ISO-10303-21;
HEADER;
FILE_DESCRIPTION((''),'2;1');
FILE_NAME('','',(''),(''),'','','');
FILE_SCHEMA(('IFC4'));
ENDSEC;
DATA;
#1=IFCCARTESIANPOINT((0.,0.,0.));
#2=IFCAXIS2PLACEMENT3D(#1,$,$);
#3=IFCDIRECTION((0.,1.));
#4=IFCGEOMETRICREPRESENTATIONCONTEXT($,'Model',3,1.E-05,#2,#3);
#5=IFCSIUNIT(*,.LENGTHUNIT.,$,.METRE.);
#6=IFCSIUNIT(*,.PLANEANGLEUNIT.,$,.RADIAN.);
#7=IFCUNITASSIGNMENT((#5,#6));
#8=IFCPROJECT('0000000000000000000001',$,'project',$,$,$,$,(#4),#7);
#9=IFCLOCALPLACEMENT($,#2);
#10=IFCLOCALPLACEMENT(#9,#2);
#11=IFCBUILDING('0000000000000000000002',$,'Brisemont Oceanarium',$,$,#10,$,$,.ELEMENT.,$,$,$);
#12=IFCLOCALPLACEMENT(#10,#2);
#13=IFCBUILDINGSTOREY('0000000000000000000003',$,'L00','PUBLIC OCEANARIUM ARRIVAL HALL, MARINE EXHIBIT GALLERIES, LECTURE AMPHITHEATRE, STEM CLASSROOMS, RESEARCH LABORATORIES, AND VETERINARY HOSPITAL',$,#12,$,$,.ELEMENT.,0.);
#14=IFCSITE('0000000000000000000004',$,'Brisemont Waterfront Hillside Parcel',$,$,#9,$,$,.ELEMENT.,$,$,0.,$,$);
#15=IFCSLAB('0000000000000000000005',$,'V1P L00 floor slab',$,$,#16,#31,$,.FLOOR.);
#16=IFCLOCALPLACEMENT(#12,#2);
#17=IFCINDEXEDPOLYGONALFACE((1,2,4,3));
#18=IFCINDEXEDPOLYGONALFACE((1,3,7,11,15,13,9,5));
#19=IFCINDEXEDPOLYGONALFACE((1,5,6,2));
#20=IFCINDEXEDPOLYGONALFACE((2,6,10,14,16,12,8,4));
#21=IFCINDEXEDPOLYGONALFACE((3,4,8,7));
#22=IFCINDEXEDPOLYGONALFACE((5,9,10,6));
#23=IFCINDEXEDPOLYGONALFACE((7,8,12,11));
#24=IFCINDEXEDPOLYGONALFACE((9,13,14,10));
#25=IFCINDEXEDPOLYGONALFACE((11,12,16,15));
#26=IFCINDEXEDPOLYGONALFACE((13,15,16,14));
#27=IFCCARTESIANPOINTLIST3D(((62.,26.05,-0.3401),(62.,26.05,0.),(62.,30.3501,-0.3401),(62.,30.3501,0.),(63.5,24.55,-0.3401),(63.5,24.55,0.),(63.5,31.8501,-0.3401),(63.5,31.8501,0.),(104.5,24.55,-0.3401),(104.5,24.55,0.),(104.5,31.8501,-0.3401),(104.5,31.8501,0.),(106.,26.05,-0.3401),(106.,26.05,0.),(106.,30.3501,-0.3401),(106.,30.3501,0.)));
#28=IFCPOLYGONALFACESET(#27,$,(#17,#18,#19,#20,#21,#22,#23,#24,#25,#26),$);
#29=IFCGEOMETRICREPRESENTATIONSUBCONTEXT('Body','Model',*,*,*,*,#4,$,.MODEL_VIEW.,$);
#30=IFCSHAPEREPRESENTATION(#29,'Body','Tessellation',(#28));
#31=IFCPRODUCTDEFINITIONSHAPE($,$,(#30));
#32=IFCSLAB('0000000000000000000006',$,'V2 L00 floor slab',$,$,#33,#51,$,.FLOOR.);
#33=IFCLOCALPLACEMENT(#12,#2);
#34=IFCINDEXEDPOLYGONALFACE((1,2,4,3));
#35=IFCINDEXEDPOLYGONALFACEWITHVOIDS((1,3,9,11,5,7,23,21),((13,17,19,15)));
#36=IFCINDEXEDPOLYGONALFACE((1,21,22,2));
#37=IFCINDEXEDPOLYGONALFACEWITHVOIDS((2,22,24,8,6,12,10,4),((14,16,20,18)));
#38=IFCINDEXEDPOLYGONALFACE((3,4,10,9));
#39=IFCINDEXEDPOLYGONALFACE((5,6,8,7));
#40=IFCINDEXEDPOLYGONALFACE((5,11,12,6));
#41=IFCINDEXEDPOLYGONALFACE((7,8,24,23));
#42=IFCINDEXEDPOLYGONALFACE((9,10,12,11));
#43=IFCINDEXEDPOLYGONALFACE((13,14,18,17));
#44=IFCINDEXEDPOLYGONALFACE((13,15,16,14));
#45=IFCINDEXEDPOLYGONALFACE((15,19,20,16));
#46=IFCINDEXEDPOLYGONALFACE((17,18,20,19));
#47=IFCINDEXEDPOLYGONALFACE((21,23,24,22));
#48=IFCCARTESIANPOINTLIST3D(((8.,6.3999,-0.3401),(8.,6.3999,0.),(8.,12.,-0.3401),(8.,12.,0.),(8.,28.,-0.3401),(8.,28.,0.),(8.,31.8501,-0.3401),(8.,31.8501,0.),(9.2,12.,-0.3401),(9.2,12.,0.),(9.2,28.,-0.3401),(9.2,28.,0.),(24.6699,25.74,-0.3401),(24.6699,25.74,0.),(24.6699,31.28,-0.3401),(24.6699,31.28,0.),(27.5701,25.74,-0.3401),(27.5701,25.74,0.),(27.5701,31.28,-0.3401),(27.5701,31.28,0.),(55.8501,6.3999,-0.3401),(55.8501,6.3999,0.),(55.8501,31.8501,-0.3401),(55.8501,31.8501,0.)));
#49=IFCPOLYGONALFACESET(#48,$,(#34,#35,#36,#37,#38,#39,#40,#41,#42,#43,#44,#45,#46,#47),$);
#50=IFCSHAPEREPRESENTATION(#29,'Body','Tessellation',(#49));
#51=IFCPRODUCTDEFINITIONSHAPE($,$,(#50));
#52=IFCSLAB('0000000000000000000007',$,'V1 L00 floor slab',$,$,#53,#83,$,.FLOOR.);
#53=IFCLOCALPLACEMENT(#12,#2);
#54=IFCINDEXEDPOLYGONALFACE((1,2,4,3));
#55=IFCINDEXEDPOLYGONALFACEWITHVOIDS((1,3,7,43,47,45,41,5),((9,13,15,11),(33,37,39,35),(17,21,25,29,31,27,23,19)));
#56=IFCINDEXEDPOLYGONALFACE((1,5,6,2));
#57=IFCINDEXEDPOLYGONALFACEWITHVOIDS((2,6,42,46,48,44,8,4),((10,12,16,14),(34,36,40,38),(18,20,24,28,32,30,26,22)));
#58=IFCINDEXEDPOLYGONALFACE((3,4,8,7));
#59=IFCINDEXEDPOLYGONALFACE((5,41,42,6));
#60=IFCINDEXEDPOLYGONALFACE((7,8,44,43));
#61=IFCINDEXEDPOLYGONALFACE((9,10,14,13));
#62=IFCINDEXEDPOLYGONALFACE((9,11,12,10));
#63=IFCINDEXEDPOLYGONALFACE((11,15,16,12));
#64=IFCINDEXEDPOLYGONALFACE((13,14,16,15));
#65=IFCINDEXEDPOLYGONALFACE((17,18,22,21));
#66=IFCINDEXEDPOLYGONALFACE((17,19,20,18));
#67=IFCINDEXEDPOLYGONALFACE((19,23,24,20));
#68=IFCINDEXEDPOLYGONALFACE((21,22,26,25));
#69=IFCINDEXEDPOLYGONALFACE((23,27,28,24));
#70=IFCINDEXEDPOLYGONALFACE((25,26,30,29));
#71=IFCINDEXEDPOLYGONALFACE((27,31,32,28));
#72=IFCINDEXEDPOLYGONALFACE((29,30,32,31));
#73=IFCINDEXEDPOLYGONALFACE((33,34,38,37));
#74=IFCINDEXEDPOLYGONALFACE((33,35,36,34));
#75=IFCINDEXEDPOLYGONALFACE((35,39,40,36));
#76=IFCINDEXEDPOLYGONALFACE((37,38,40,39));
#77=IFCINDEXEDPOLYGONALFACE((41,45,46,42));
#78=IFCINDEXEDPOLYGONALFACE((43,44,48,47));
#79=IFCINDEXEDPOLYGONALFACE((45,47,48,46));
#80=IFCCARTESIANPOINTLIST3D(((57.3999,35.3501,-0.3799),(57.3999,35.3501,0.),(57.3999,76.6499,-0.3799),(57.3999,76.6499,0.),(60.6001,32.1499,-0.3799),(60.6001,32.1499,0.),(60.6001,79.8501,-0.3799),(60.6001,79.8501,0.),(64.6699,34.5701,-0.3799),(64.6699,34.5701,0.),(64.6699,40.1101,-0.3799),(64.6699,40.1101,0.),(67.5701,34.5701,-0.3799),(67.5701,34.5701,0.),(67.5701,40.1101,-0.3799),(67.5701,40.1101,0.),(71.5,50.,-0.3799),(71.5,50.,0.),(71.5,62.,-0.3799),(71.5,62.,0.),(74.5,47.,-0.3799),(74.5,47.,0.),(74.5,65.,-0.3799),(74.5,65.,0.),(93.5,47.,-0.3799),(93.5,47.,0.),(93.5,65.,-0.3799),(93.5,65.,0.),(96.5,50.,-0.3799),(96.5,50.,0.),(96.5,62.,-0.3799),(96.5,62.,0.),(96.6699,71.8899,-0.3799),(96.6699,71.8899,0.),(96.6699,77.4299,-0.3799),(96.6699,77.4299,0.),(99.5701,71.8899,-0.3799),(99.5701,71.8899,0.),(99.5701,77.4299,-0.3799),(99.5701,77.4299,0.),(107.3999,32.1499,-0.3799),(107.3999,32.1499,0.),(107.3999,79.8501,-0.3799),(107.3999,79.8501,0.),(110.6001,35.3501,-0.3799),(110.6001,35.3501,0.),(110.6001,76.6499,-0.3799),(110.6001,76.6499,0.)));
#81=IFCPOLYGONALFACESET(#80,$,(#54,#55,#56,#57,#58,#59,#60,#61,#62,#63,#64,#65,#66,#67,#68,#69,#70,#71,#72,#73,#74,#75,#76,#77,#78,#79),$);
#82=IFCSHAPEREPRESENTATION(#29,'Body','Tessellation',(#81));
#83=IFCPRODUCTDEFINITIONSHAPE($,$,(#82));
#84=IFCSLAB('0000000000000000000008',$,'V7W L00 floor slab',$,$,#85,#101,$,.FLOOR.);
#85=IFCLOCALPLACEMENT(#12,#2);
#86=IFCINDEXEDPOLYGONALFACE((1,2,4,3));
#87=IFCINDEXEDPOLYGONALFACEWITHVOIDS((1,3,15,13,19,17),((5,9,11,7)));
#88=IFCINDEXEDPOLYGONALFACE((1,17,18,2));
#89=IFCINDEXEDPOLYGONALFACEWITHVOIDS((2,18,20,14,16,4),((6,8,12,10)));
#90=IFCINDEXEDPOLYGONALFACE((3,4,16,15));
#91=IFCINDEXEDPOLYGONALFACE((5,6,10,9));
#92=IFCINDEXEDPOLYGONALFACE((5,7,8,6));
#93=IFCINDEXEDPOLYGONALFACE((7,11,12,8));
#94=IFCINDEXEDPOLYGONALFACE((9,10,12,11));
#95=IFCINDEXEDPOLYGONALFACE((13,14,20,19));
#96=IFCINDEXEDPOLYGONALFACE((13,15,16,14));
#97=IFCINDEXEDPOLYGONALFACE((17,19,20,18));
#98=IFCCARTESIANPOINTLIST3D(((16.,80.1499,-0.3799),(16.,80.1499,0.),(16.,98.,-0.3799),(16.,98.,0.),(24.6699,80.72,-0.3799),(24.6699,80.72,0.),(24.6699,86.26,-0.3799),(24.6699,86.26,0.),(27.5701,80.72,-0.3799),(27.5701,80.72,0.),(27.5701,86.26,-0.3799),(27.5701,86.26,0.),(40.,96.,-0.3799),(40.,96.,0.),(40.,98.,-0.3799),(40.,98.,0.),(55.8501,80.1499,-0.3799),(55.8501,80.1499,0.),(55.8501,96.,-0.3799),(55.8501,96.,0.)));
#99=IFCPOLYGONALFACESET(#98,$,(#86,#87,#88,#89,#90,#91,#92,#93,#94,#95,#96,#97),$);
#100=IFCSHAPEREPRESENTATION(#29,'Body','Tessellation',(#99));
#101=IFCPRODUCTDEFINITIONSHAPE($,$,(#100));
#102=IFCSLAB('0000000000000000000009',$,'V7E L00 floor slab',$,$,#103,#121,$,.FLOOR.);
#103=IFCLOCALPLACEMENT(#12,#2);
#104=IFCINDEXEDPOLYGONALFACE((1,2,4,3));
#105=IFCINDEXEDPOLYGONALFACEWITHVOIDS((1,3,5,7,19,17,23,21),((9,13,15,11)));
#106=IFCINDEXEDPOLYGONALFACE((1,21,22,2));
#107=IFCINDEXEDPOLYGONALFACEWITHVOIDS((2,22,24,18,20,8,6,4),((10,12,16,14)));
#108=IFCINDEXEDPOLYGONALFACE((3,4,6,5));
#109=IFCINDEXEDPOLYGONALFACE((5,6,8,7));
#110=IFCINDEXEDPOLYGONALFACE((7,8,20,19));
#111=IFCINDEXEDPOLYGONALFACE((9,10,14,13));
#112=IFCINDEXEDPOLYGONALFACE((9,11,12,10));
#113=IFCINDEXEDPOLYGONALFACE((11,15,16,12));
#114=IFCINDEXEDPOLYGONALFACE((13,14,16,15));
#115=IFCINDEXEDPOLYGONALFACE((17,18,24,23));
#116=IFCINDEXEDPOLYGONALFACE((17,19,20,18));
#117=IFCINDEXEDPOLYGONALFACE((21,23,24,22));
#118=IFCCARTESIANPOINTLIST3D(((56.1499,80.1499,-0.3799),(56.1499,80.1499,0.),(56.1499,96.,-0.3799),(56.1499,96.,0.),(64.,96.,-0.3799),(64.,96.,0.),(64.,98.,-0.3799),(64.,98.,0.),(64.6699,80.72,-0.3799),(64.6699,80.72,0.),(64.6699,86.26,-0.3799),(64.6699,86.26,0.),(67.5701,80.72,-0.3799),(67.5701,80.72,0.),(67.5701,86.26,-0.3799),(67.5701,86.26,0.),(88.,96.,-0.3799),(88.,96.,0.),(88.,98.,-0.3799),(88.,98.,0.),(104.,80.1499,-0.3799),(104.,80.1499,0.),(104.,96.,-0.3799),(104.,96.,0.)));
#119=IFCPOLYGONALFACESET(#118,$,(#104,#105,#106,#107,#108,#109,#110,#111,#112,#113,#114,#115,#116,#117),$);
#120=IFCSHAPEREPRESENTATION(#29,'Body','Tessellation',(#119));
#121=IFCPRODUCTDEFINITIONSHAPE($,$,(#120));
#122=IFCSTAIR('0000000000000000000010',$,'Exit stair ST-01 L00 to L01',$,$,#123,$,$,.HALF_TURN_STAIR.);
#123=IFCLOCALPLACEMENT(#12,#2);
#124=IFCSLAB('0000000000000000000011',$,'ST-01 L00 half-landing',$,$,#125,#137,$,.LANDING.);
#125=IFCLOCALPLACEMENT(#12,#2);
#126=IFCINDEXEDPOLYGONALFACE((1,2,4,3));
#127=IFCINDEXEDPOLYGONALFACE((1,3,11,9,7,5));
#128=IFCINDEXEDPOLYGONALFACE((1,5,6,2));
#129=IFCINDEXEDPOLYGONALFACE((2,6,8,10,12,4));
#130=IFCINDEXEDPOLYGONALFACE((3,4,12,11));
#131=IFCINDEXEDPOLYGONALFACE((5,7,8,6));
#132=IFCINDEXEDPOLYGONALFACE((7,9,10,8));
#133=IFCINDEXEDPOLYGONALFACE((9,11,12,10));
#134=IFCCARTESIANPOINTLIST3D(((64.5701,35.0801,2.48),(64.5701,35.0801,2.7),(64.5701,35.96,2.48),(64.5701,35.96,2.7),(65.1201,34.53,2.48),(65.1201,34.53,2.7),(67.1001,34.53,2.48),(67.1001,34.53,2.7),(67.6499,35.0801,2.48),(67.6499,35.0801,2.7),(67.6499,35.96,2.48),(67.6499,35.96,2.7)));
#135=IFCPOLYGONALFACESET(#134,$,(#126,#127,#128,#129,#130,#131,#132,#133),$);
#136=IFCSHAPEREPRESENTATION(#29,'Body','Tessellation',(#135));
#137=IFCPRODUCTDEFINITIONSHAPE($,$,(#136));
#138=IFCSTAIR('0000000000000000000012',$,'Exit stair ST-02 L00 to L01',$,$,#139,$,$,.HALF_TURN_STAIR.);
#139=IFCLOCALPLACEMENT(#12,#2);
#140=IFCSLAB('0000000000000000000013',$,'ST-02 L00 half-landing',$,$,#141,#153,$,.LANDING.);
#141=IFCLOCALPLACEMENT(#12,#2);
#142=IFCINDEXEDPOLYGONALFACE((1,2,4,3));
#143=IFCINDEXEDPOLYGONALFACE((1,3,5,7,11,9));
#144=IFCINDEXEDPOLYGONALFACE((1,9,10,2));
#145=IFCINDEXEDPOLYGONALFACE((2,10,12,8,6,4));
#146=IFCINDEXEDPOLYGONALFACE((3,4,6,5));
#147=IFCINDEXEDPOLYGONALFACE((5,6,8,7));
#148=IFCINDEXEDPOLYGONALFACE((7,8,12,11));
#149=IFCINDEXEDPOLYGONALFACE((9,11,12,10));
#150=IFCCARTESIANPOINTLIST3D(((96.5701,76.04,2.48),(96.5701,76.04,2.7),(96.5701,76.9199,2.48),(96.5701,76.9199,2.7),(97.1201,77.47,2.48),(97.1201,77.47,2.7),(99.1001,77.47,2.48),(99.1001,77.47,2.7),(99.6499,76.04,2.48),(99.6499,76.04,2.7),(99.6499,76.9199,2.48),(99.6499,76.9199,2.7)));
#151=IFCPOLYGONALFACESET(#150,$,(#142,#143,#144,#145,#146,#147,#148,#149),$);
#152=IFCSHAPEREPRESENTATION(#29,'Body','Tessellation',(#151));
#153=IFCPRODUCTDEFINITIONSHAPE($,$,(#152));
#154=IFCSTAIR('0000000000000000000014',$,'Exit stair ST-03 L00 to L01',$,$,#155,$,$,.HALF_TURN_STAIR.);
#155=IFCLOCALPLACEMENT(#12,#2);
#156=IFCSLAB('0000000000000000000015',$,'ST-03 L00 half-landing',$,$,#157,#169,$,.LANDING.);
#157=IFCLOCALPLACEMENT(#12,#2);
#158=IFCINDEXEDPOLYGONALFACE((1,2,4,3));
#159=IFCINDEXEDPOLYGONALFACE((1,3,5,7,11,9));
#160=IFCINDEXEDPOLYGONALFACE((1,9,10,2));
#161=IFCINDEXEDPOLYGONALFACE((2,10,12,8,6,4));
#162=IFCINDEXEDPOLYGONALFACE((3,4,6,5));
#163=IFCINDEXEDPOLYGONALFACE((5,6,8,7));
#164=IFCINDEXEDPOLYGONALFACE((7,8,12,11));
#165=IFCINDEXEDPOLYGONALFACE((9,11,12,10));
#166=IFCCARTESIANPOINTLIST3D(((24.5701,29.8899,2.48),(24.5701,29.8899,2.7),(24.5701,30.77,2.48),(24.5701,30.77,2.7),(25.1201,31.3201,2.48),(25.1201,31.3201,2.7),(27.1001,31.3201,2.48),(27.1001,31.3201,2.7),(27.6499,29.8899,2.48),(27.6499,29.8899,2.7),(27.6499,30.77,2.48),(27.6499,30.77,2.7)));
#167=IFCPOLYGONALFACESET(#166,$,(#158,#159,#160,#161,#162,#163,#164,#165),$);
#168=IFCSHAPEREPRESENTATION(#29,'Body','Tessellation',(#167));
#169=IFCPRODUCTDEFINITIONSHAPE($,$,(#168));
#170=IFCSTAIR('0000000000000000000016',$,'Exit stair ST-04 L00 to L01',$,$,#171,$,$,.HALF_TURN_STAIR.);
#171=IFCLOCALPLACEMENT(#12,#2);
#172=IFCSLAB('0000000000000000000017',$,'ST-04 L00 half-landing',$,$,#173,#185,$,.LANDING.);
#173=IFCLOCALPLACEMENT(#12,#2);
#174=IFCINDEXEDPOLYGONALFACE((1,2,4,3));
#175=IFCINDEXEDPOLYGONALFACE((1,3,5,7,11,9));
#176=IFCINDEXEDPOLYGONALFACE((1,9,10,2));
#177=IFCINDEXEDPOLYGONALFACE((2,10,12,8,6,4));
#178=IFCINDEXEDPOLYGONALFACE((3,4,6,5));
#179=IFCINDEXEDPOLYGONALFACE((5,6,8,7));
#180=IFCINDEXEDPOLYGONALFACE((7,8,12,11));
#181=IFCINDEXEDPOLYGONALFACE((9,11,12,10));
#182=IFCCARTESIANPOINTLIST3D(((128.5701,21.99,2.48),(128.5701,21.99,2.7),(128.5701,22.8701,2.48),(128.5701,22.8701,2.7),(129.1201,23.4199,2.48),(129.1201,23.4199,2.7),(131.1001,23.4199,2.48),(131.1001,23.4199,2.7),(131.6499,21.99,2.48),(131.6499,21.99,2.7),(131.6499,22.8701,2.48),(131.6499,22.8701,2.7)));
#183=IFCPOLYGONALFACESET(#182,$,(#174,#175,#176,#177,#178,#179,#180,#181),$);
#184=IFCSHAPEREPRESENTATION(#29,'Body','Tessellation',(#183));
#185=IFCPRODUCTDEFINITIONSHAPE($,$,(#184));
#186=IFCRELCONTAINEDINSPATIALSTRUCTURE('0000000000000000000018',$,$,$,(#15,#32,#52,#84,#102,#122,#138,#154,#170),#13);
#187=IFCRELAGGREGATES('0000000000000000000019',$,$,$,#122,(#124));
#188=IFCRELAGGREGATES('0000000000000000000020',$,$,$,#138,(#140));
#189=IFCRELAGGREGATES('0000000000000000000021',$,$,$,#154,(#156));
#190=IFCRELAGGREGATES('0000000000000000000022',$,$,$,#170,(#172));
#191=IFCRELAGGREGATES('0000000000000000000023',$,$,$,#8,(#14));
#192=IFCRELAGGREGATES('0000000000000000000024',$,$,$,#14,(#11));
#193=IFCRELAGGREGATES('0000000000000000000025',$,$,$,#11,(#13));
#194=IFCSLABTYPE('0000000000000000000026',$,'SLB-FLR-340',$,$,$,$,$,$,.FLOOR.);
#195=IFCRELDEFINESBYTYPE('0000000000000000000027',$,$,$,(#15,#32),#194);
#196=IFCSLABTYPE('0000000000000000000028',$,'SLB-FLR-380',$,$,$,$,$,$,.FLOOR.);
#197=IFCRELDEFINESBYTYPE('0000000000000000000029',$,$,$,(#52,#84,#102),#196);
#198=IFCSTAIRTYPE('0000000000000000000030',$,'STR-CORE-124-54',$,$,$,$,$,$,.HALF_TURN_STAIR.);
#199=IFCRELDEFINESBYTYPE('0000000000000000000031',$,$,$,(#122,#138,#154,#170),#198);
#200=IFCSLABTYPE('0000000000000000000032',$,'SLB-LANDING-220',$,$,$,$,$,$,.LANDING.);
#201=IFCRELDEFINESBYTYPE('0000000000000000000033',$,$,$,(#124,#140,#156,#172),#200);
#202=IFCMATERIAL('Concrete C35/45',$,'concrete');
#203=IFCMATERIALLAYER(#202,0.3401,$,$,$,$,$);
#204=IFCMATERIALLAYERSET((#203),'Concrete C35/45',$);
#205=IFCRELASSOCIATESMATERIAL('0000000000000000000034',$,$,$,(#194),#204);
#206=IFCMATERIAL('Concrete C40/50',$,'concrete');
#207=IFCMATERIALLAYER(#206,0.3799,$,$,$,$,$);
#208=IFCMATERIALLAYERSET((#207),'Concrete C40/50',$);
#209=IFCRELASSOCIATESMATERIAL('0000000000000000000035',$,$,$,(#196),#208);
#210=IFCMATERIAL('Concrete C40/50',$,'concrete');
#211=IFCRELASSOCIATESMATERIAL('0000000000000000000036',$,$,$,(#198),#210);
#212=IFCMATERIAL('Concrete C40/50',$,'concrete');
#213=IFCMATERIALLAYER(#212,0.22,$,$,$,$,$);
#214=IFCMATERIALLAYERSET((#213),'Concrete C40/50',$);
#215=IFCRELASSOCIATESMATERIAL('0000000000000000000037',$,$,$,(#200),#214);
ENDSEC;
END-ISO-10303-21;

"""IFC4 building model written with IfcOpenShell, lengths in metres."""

from ifc_helpers import new_model, si_unit, direction, frame, origin, place, context, subcontext, project, spatial, polyline, outline, extrude, material, layer, layer_set, type_object, element, aggregate, save


model = new_model("IFC4")

# Units and contexts
model_context = context("Model", 3, precision=1e-05, world=origin(), true_north=direction((0.0, 1.0)))
body_context = subcontext(model_context, "Body", "Model", "MODEL_VIEW")
ifc_project = project(units=[si_unit("LENGTHUNIT", "METRE"), si_unit("PLANEANGLEUNIT", "RADIAN")], contexts=[model_context])

# Site, building, storey
site_placement = place(None, origin())
site = spatial("IfcSite", under=ifc_project, at=site_placement, Name="Brisemont Waterfront Hillside Parcel", CompositionType="ELEMENT", RefElevation=0.0)
building_placement = place(site_placement, origin())
building = spatial("IfcBuilding", under=site, at=building_placement, Name="Brisemont Oceanarium", CompositionType="ELEMENT")
storey_placement = place(building_placement, origin())
storey = spatial("IfcBuildingStorey", under=building, at=storey_placement, Name="L00", Description="PUBLIC OCEANARIUM ARRIVAL HALL, MARINE EXHIBIT GALLERIES, LECTURE AMPHITHEATRE, STEM CLASSROOMS, RESEARCH LABORATORIES, AND VETERINARY HOSPITAL", CompositionType="ELEMENT", Elevation=0.0)

# Slabs
ifc_material_1 = material(Name="Concrete C35/45", Category="concrete")
ifc_layer_1 = layer(ifc_material_1, 0.3401)
ifc_layer_set_1 = layer_set([ifc_layer_1], Name="Concrete C35/45")
slab_type_1 = type_object("IfcSlabType", Name="SLB-FLR-340", PredefinedType="FLOOR", material=ifc_layer_set_1)
slab_1_placement = place(storey_placement, frame((0.0, 0.0, -0.3401)))
element("IfcSlab", 1, at=slab_1_placement, inside=storey, type_object=slab_type_1, Name="V1P L00 floor slab", PredefinedType="FLOOR", context=body_context, shape_type="SweptSolid", body=[
    extrude(outline(polyline([(63.5, 24.55), (104.5, 24.55), (106.0, 26.05), (106.0, 30.3501), (104.5, 31.8501), (63.5, 31.8501), (62.0, 30.3501), (62.0, 26.05), (63.5, 24.55)])), origin(), (0.0, 0.0, 1.0), 0.3401),
])
slab_2_placement = place(storey_placement, frame((0.0, 0.0, -0.3401)))
element("IfcSlab", 2, at=slab_2_placement, inside=storey, type_object=slab_type_1, Name="V2 L00 floor slab", PredefinedType="FLOOR", context=body_context, shape_type="SweptSolid", body=[
    extrude(outline(polyline([(8.0, 6.3999), (55.8501, 6.3999), (55.8501, 31.8501), (8.0, 31.8501), (8.0, 28.0), (9.2, 28.0), (9.2, 12.0), (8.0, 12.0), (8.0, 6.3999)]), holes=[polyline([(24.6699, 25.74), (27.5701, 25.74), (27.5701, 31.28), (24.6699, 31.28), (24.6699, 25.74)])]), origin(), (0.0, 0.0, 1.0), 0.3401),
])
ifc_material_2 = material(Name="Concrete C40/50", Category="concrete")
ifc_layer_2 = layer(ifc_material_2, 0.3799)
ifc_layer_set_2 = layer_set([ifc_layer_2], Name="Concrete C40/50")
slab_type_2 = type_object("IfcSlabType", Name="SLB-FLR-380", PredefinedType="FLOOR", material=ifc_layer_set_2)
slab_3_placement = place(storey_placement, frame((0.0, 0.0, -0.3799)))
element("IfcSlab", 3, at=slab_3_placement, inside=storey, type_object=slab_type_2, Name="V1 L00 floor slab", PredefinedType="FLOOR", context=body_context, shape_type="SweptSolid", body=[
    extrude(outline(polyline([(60.6001, 32.1499), (107.3999, 32.1499), (110.6001, 35.3501), (110.6001, 76.6499), (107.3999, 79.8501), (60.6001, 79.8501), (57.3999, 76.6499), (57.3999, 35.3501), (60.6001, 32.1499)]), holes=[polyline([(74.5, 47.0), (93.5, 47.0), (96.5, 50.0), (96.5, 62.0), (93.5, 65.0), (74.5, 65.0), (71.5, 62.0), (71.5, 50.0), (74.5, 47.0)]), polyline([(64.6699, 34.5701), (67.5701, 34.5701), (67.5701, 40.1101), (64.6699, 40.1101), (64.6699, 34.5701)]), polyline([(96.6699, 71.8899), (99.5701, 71.8899), (99.5701, 77.4299), (96.6699, 77.4299), (96.6699, 71.8899)])]), origin(), (0.0, 0.0, 1.0), 0.3799),
])
slab_4_placement = place(storey_placement, frame((0.0, 0.0, -0.3799)))
element("IfcSlab", 4, at=slab_4_placement, inside=storey, type_object=slab_type_2, Name="V7W L00 floor slab", PredefinedType="FLOOR", context=body_context, shape_type="SweptSolid", body=[
    extrude(outline(polyline([(16.0, 80.1499), (55.8501, 80.1499), (55.8501, 96.0), (40.0, 96.0), (40.0, 98.0), (16.0, 98.0), (16.0, 80.1499)]), holes=[polyline([(24.6699, 80.72), (27.5701, 80.72), (27.5701, 86.26), (24.6699, 86.26), (24.6699, 80.72)])]), origin(), (0.0, 0.0, 1.0), 0.3799),
])
slab_5_placement = place(storey_placement, frame((0.0, 0.0, -0.3799)))
element("IfcSlab", 5, at=slab_5_placement, inside=storey, type_object=slab_type_2, Name="V7E L00 floor slab", PredefinedType="FLOOR", context=body_context, shape_type="SweptSolid", body=[
    extrude(outline(polyline([(56.1499, 80.1499), (104.0, 80.1499), (104.0, 96.0), (88.0, 96.0), (88.0, 98.0), (64.0, 98.0), (64.0, 96.0), (56.1499, 96.0), (56.1499, 80.1499)]), holes=[polyline([(64.6699, 80.72), (67.5701, 80.72), (67.5701, 86.26), (64.6699, 86.26), (64.6699, 80.72)])]), origin(), (0.0, 0.0, 1.0), 0.3799),
])

# Stairs, slabs
ifc_material_3 = material(Name="Concrete C40/50", Category="concrete")
stair_type_1 = type_object("IfcStairType", Name="STR-CORE-124-54", PredefinedType="HALF_TURN_STAIR", material=ifc_material_3)
stair_1_placement = place(storey_placement, origin())
stair_1 = element("IfcStair", 6, at=stair_1_placement, inside=storey, type_object=stair_type_1, Name="Exit stair ST-01 L00 to L01", PredefinedType="HALF_TURN_STAIR")
ifc_material_4 = material(Name="Concrete C40/50", Category="concrete")
ifc_layer_3 = layer(ifc_material_4, 0.22)
ifc_layer_set_3 = layer_set([ifc_layer_3], Name="Concrete C40/50")
slab_type_3 = type_object("IfcSlabType", Name="SLB-LANDING-220", PredefinedType="LANDING", material=ifc_layer_set_3)
slab_6_placement = place(storey_placement, frame((0.0, 0.0, 2.48)))
slab_6 = element("IfcSlab", 7, at=slab_6_placement, type_object=slab_type_3, Name="ST-01 L00 half-landing", PredefinedType="LANDING", context=body_context, shape_type="SweptSolid", body=[
    extrude(outline(polyline([(65.1201, 34.53), (67.1001, 34.53), (67.6499, 35.0801), (67.6499, 35.96), (64.5701, 35.96), (64.5701, 35.0801), (65.1201, 34.53)])), origin(), (0.0, 0.0, 1.0), 0.22),
])
aggregate(stair_1, [slab_6])
stair_2_placement = place(storey_placement, origin())
stair_2 = element("IfcStair", 8, at=stair_2_placement, inside=storey, type_object=stair_type_1, Name="Exit stair ST-02 L00 to L01", PredefinedType="HALF_TURN_STAIR")
slab_7_placement = place(storey_placement, frame((0.0, 0.0, 2.48)))
slab_7 = element("IfcSlab", 9, at=slab_7_placement, type_object=slab_type_3, Name="ST-02 L00 half-landing", PredefinedType="LANDING", context=body_context, shape_type="SweptSolid", body=[
    extrude(outline(polyline([(96.5701, 76.04), (99.6499, 76.04), (99.6499, 76.9199), (99.1001, 77.47), (97.1201, 77.47), (96.5701, 76.9199), (96.5701, 76.04)])), origin(), (0.0, 0.0, 1.0), 0.22),
])
aggregate(stair_2, [slab_7])
stair_3_placement = place(storey_placement, origin())
stair_3 = element("IfcStair", 10, at=stair_3_placement, inside=storey, type_object=stair_type_1, Name="Exit stair ST-03 L00 to L01", PredefinedType="HALF_TURN_STAIR")
slab_8_placement = place(storey_placement, frame((0.0, 0.0, 2.48)))
slab_8 = element("IfcSlab", 11, at=slab_8_placement, type_object=slab_type_3, Name="ST-03 L00 half-landing", PredefinedType="LANDING", context=body_context, shape_type="SweptSolid", body=[
    extrude(outline(polyline([(24.5701, 29.8899), (27.6499, 29.8899), (27.6499, 30.77), (27.1001, 31.3201), (25.1201, 31.3201), (24.5701, 30.77), (24.5701, 29.8899)])), origin(), (0.0, 0.0, 1.0), 0.22),
])
aggregate(stair_3, [slab_8])
stair_4_placement = place(storey_placement, origin())
stair_4 = element("IfcStair", 12, at=stair_4_placement, inside=storey, type_object=stair_type_1, Name="Exit stair ST-04 L00 to L01", PredefinedType="HALF_TURN_STAIR")
slab_9_placement = place(storey_placement, frame((0.0, 0.0, 2.48)))
slab_9 = element("IfcSlab", 13, at=slab_9_placement, type_object=slab_type_3, Name="ST-04 L00 half-landing", PredefinedType="LANDING", context=body_context, shape_type="SweptSolid", body=[
    extrude(outline(polyline([(128.5701, 21.99), (131.6499, 21.99), (131.6499, 22.8701), (131.1001, 23.4199), (129.1201, 23.4199), (128.5701, 22.8701), (128.5701, 21.99)])), origin(), (0.0, 0.0, 1.0), 0.22),
])
aggregate(stair_4, [slab_9])

save(model, "model.ifc")
